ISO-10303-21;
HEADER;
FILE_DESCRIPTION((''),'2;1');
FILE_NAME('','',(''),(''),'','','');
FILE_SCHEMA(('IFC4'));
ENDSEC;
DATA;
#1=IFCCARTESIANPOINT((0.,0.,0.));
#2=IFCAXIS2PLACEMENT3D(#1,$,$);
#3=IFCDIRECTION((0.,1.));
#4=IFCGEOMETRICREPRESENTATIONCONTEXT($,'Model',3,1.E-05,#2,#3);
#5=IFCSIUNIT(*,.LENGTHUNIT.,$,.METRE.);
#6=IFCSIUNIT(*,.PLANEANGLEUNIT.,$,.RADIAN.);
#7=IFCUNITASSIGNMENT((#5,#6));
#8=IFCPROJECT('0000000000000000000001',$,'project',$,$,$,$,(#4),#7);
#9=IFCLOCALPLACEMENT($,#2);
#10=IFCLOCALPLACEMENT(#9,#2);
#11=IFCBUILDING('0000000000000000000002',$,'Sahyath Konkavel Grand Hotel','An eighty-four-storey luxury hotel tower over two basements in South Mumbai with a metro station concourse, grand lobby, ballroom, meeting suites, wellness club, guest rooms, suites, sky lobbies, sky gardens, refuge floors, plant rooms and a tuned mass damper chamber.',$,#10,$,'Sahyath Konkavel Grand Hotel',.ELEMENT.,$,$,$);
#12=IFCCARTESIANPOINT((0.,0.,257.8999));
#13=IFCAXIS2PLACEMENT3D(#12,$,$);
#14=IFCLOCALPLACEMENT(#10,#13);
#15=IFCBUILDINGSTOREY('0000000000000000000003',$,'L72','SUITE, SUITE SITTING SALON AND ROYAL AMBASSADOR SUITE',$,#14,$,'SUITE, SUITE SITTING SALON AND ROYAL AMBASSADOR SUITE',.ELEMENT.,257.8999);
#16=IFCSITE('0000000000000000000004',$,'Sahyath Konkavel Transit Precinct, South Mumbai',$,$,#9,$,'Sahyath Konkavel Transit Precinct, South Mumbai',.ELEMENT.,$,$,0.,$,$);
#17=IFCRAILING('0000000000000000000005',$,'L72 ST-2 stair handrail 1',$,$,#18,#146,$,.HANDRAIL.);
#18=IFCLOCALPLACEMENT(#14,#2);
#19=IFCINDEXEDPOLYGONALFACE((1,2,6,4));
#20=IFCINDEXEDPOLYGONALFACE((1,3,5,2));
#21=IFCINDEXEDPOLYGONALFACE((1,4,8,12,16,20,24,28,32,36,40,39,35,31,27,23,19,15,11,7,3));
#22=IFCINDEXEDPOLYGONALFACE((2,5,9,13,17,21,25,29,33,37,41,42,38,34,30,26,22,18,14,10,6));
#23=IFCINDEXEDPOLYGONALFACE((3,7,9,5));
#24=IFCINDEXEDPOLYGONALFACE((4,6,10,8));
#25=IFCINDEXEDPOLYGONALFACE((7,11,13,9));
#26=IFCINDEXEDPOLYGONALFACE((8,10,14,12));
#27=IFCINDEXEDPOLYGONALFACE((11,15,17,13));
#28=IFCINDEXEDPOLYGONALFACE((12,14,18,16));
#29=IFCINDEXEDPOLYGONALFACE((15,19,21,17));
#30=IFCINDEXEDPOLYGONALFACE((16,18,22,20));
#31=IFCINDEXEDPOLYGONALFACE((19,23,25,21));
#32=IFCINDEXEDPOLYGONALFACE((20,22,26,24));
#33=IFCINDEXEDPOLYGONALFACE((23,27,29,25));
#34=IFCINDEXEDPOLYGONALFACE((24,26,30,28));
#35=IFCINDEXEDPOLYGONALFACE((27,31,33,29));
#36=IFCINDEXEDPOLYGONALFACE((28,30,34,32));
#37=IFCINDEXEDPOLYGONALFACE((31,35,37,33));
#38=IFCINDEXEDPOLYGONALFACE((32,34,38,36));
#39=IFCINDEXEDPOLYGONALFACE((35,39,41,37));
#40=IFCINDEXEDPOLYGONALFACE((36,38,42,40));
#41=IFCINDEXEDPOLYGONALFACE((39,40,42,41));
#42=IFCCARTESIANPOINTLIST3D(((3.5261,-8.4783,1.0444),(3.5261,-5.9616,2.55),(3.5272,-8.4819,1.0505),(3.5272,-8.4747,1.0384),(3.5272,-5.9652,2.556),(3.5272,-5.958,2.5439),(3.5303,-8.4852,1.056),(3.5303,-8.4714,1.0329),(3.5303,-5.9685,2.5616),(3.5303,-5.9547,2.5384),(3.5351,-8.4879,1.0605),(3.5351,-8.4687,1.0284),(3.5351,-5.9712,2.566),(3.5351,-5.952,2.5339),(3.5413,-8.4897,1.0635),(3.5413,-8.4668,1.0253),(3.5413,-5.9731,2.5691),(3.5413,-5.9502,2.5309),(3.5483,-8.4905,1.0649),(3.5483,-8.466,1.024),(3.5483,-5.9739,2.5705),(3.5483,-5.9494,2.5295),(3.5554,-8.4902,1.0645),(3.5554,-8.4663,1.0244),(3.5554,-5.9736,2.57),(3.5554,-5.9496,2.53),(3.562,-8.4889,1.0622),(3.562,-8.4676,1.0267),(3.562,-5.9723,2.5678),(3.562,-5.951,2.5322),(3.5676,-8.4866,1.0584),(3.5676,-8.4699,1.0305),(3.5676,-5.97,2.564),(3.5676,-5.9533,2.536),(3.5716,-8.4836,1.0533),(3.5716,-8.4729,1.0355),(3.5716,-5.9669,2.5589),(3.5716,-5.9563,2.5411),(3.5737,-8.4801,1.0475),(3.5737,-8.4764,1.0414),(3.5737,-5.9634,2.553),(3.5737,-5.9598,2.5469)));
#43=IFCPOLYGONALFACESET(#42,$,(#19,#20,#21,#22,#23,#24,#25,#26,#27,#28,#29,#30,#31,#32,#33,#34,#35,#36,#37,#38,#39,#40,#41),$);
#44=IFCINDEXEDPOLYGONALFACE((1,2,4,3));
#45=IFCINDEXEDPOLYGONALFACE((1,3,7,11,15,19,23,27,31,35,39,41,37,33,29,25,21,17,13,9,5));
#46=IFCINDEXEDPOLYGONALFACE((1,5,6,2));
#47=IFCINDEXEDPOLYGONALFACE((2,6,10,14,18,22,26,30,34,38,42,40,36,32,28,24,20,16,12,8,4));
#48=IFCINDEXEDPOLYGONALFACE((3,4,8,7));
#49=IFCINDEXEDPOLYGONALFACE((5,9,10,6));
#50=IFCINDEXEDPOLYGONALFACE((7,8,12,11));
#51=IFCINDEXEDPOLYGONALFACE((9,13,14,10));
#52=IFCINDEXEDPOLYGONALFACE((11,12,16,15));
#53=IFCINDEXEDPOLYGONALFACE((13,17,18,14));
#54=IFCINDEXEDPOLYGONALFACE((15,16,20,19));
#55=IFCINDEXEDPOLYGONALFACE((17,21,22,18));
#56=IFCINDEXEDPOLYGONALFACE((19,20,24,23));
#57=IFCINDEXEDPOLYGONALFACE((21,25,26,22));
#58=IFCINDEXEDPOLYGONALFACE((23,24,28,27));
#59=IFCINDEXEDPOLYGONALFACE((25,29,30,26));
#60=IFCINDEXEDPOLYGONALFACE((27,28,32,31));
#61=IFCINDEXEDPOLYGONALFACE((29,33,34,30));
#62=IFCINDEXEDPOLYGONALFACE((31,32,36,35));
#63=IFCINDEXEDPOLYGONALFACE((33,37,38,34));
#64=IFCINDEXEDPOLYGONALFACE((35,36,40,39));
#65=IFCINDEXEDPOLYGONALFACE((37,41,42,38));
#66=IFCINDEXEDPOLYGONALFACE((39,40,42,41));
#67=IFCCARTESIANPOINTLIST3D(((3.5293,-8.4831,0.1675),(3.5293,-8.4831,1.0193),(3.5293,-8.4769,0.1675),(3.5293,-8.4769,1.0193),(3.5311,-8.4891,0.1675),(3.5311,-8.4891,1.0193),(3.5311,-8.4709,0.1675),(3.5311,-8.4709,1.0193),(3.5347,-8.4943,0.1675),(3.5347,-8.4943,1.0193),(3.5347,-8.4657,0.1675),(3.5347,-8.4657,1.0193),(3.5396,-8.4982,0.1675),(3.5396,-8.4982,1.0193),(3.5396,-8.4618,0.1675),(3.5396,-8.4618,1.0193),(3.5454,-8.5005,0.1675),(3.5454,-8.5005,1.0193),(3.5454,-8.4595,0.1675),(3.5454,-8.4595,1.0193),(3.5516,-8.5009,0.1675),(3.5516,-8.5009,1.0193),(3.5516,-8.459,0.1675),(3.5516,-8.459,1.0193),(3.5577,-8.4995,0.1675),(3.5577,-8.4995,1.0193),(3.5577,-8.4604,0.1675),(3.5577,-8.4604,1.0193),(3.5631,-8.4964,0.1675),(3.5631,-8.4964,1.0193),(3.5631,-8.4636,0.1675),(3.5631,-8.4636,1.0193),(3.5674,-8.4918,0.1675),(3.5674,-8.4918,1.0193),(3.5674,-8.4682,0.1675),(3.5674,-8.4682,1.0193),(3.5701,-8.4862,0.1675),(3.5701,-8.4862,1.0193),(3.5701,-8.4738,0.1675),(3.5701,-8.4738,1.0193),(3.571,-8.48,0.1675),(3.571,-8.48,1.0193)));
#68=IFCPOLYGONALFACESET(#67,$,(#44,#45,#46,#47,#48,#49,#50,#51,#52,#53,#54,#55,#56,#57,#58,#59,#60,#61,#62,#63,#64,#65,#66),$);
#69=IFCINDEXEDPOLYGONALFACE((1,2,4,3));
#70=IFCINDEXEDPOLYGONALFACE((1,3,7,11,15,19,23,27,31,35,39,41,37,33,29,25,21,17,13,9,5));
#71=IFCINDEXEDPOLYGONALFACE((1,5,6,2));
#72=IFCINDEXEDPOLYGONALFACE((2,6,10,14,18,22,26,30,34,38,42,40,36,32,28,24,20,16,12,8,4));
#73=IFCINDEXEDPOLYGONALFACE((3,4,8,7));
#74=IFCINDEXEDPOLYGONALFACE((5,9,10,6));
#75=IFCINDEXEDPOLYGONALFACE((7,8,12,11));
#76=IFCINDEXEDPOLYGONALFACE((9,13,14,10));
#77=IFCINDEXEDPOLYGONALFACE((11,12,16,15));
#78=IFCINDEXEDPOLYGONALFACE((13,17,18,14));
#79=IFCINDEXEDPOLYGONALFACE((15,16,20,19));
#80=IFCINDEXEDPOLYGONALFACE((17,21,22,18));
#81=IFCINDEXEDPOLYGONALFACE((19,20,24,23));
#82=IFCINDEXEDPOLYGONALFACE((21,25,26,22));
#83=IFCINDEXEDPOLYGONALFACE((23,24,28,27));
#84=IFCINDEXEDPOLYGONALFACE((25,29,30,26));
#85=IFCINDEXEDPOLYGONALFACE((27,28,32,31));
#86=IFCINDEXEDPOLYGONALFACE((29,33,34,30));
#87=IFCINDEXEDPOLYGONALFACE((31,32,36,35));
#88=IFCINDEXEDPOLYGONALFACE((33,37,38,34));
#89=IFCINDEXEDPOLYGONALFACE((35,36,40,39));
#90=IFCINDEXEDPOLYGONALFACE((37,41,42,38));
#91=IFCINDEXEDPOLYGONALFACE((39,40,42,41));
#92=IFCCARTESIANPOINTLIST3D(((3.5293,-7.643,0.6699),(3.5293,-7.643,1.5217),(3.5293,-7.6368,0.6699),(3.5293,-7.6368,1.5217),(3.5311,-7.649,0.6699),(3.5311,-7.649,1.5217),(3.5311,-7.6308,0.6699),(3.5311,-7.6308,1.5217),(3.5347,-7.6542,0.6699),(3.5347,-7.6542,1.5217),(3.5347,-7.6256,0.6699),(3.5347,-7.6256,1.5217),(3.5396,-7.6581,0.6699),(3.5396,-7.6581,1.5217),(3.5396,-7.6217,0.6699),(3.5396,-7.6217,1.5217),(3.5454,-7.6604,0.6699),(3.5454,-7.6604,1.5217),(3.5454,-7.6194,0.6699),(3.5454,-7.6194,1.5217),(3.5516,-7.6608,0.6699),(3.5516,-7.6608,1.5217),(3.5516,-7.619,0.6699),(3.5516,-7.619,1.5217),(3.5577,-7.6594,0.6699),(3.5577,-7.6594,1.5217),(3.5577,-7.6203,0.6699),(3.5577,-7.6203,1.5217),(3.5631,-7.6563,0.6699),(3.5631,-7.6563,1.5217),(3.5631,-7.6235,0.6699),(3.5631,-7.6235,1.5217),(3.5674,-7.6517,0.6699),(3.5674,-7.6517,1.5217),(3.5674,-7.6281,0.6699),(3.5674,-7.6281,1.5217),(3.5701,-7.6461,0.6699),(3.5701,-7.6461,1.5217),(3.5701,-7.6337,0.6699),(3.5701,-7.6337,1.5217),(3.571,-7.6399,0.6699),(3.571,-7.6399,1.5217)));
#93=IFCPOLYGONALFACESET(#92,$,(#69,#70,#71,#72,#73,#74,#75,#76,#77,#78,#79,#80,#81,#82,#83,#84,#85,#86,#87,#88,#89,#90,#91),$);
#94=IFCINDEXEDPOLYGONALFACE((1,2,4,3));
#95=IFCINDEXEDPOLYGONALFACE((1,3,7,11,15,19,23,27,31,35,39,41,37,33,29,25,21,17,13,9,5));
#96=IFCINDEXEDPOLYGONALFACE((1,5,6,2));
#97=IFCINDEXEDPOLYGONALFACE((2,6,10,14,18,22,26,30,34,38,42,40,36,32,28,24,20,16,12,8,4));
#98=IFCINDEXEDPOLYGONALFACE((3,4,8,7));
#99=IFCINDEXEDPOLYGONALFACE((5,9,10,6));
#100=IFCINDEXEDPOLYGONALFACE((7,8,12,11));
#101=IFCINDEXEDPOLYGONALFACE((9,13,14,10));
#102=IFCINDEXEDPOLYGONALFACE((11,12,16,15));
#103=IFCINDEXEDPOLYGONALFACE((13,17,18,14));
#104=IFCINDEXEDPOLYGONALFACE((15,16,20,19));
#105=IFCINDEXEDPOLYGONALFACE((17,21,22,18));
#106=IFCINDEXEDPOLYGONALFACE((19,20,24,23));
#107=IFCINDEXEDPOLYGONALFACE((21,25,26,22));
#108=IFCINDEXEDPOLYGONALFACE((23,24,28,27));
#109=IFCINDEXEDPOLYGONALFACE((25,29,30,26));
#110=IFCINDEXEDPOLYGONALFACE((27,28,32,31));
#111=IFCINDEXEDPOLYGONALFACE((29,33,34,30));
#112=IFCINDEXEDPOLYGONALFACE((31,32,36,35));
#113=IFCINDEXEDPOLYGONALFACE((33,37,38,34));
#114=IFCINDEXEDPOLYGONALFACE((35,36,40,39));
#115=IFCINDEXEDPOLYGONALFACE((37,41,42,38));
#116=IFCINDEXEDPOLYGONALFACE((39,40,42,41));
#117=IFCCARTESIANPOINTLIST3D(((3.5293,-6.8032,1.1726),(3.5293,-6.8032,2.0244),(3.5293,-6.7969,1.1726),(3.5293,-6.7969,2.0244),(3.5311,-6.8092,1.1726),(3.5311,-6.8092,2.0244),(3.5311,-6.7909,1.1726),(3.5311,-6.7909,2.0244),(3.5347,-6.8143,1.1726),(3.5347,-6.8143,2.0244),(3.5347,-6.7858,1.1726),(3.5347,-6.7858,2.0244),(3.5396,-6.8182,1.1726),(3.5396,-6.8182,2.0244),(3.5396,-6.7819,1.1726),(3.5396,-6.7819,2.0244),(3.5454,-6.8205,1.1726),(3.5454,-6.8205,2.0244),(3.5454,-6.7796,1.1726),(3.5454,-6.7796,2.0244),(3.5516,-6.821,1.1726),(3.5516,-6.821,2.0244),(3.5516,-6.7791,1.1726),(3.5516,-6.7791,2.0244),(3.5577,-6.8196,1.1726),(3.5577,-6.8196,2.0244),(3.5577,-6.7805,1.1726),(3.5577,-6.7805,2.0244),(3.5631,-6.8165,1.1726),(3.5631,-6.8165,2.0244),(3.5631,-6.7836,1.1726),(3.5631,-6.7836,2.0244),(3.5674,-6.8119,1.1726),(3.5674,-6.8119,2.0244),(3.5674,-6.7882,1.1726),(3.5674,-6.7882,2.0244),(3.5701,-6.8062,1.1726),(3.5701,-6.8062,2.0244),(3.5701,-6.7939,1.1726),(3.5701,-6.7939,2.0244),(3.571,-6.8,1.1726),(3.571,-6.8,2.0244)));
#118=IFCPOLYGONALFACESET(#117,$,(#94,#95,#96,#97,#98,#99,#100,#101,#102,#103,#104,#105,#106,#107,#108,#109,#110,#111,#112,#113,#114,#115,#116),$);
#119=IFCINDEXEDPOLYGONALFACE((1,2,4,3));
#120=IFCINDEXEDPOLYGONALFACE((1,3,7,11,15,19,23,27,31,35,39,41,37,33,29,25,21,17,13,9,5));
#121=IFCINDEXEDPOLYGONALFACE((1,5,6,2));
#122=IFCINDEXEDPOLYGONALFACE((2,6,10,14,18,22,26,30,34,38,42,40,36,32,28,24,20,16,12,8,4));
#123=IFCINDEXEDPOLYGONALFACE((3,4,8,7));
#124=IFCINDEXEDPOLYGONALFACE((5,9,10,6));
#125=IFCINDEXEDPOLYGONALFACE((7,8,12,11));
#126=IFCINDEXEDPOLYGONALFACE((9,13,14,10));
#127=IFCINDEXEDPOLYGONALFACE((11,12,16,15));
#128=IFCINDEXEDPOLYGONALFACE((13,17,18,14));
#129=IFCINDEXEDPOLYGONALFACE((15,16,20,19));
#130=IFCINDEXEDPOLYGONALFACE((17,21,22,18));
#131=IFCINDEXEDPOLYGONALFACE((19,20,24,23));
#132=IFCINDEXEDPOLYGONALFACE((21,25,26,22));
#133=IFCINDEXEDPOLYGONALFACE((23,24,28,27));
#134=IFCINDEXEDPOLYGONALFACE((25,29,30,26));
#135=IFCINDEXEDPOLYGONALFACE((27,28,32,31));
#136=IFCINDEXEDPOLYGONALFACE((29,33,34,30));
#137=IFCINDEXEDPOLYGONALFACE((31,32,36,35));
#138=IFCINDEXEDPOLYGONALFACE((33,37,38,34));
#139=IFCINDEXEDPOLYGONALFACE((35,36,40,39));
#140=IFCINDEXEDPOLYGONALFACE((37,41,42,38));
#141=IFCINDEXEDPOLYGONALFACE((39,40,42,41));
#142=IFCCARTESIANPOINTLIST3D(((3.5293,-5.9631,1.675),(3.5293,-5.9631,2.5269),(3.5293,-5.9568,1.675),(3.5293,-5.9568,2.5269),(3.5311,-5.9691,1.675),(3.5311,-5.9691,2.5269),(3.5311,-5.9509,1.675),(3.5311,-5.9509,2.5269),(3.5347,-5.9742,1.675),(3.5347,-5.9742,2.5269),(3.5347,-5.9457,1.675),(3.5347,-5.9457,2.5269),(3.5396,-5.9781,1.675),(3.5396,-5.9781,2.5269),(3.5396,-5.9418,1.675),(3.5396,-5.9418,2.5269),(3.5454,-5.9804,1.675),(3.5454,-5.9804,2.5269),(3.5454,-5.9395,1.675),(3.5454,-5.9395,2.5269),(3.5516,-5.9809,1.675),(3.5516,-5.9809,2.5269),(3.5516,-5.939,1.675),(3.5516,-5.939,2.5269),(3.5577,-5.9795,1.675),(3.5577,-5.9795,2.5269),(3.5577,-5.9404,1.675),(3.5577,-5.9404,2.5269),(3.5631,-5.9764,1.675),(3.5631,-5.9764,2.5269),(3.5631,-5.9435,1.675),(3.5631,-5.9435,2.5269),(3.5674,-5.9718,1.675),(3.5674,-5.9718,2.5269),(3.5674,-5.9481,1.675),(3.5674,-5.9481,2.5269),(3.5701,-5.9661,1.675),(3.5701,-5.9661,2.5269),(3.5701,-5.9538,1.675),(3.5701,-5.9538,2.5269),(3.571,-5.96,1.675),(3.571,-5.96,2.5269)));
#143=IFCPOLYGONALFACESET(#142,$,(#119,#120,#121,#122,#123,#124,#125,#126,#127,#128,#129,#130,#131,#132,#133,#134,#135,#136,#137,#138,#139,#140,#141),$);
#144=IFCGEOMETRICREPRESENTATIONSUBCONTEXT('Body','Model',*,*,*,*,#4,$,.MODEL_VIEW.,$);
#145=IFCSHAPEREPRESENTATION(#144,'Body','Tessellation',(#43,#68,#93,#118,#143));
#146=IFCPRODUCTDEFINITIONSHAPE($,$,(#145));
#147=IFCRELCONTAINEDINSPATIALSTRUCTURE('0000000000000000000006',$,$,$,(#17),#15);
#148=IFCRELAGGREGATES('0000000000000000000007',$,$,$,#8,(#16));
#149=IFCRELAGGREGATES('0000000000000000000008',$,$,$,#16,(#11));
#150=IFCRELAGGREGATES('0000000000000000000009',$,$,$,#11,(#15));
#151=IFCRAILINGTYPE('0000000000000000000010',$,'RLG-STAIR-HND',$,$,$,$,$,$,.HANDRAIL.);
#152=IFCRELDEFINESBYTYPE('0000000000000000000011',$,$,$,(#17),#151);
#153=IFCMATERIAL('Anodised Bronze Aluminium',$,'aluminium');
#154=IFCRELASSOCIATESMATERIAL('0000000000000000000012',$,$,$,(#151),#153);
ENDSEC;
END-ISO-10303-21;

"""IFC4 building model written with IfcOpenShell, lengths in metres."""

from ifc_helpers import new_model, si_unit, direction, frame, origin, origin_2d, place, context, subcontext, project, spatial, circle, extrude, material, type_object, element, save


model = new_model("IFC4")

# Units and contexts
model_context = context("Model", 3, precision=1e-05, world=origin(), true_north=direction((0.0, 1.0)))
body_context = subcontext(model_context, "Body", "Model", "MODEL_VIEW")
ifc_project = project(units=[si_unit("LENGTHUNIT", "METRE"), si_unit("PLANEANGLEUNIT", "RADIAN")], contexts=[model_context])

# Site, building, storey
site_placement = place(None, origin())
site = spatial("IfcSite", under=ifc_project, at=site_placement, Name="Sahyath Konkavel Transit Precinct, South Mumbai", LongName="Sahyath Konkavel Transit Precinct, South Mumbai", CompositionType="ELEMENT", RefElevation=0.0)
building_placement = place(site_placement, origin())
building = spatial("IfcBuilding", under=site, at=building_placement, Name="Sahyath Konkavel Grand Hotel", Description="An eighty-four-storey luxury hotel tower over two basements in South Mumbai with a metro station concourse, grand lobby, ballroom, meeting suites, wellness club, guest rooms, suites, sky lobbies, sky gardens, refuge floors, plant rooms and a tuned mass damper chamber.", LongName="Sahyath Konkavel Grand Hotel", CompositionType="ELEMENT")
storey_placement = place(building_placement, frame((0.0, 0.0, 257.8999)))
storey = spatial("IfcBuildingStorey", under=building, at=storey_placement, Name="L72", Description="SUITE, SUITE SITTING SALON AND ROYAL AMBASSADOR SUITE", LongName="SUITE, SUITE SITTING SALON AND ROYAL AMBASSADOR SUITE", CompositionType="ELEMENT", Elevation=257.8999)

# Shared definitions
ifc_material_1 = material(Name="Anodised Bronze Aluminium", Category="aluminium")

# Railing
railing_type_1 = type_object("IfcRailingType", Name="RLG-STAIR-HND", PredefinedType="HANDRAIL", material=ifc_material_1)
railing_1_placement = place(storey_placement, frame((3.55, -8.48, 0.1675)))
element("IfcRailing", 1, at=railing_1_placement, inside=storey, type_object=railing_type_1, Name="L72 ST-2 stair handrail 1", PredefinedType="HANDRAIL", context=body_context, shape_type="SweptSolid", body=[
    extrude(circle(Radius=0.0239, at=origin_2d()), frame((0.0, 0.0017, 0.877), z_axis=(0.0, 0.85816, 0.513383), x_axis=(-1.0, 0.0, 0.0)), (0.0, 0.0, 1.0), 2.9326),
    extrude(circle(Radius=0.021, at=origin_2d()), origin(), (0.0, 0.0, 1.0), 0.8518),
    extrude(circle(Radius=0.021, at=origin_2d()), frame((0.0, 0.8401, 0.5024)), (0.0, 0.0, 1.0), 0.8518),
    extrude(circle(Radius=0.021, at=origin_2d()), frame((0.0, 1.6799, 1.0051)), (0.0, 0.0, 1.0), 0.8518),
    extrude(circle(Radius=0.021, at=origin_2d()), frame((0.0, 2.52, 1.5076)), (0.0, 0.0, 1.0), 0.8518),
])

save(model, "model.ifc")
